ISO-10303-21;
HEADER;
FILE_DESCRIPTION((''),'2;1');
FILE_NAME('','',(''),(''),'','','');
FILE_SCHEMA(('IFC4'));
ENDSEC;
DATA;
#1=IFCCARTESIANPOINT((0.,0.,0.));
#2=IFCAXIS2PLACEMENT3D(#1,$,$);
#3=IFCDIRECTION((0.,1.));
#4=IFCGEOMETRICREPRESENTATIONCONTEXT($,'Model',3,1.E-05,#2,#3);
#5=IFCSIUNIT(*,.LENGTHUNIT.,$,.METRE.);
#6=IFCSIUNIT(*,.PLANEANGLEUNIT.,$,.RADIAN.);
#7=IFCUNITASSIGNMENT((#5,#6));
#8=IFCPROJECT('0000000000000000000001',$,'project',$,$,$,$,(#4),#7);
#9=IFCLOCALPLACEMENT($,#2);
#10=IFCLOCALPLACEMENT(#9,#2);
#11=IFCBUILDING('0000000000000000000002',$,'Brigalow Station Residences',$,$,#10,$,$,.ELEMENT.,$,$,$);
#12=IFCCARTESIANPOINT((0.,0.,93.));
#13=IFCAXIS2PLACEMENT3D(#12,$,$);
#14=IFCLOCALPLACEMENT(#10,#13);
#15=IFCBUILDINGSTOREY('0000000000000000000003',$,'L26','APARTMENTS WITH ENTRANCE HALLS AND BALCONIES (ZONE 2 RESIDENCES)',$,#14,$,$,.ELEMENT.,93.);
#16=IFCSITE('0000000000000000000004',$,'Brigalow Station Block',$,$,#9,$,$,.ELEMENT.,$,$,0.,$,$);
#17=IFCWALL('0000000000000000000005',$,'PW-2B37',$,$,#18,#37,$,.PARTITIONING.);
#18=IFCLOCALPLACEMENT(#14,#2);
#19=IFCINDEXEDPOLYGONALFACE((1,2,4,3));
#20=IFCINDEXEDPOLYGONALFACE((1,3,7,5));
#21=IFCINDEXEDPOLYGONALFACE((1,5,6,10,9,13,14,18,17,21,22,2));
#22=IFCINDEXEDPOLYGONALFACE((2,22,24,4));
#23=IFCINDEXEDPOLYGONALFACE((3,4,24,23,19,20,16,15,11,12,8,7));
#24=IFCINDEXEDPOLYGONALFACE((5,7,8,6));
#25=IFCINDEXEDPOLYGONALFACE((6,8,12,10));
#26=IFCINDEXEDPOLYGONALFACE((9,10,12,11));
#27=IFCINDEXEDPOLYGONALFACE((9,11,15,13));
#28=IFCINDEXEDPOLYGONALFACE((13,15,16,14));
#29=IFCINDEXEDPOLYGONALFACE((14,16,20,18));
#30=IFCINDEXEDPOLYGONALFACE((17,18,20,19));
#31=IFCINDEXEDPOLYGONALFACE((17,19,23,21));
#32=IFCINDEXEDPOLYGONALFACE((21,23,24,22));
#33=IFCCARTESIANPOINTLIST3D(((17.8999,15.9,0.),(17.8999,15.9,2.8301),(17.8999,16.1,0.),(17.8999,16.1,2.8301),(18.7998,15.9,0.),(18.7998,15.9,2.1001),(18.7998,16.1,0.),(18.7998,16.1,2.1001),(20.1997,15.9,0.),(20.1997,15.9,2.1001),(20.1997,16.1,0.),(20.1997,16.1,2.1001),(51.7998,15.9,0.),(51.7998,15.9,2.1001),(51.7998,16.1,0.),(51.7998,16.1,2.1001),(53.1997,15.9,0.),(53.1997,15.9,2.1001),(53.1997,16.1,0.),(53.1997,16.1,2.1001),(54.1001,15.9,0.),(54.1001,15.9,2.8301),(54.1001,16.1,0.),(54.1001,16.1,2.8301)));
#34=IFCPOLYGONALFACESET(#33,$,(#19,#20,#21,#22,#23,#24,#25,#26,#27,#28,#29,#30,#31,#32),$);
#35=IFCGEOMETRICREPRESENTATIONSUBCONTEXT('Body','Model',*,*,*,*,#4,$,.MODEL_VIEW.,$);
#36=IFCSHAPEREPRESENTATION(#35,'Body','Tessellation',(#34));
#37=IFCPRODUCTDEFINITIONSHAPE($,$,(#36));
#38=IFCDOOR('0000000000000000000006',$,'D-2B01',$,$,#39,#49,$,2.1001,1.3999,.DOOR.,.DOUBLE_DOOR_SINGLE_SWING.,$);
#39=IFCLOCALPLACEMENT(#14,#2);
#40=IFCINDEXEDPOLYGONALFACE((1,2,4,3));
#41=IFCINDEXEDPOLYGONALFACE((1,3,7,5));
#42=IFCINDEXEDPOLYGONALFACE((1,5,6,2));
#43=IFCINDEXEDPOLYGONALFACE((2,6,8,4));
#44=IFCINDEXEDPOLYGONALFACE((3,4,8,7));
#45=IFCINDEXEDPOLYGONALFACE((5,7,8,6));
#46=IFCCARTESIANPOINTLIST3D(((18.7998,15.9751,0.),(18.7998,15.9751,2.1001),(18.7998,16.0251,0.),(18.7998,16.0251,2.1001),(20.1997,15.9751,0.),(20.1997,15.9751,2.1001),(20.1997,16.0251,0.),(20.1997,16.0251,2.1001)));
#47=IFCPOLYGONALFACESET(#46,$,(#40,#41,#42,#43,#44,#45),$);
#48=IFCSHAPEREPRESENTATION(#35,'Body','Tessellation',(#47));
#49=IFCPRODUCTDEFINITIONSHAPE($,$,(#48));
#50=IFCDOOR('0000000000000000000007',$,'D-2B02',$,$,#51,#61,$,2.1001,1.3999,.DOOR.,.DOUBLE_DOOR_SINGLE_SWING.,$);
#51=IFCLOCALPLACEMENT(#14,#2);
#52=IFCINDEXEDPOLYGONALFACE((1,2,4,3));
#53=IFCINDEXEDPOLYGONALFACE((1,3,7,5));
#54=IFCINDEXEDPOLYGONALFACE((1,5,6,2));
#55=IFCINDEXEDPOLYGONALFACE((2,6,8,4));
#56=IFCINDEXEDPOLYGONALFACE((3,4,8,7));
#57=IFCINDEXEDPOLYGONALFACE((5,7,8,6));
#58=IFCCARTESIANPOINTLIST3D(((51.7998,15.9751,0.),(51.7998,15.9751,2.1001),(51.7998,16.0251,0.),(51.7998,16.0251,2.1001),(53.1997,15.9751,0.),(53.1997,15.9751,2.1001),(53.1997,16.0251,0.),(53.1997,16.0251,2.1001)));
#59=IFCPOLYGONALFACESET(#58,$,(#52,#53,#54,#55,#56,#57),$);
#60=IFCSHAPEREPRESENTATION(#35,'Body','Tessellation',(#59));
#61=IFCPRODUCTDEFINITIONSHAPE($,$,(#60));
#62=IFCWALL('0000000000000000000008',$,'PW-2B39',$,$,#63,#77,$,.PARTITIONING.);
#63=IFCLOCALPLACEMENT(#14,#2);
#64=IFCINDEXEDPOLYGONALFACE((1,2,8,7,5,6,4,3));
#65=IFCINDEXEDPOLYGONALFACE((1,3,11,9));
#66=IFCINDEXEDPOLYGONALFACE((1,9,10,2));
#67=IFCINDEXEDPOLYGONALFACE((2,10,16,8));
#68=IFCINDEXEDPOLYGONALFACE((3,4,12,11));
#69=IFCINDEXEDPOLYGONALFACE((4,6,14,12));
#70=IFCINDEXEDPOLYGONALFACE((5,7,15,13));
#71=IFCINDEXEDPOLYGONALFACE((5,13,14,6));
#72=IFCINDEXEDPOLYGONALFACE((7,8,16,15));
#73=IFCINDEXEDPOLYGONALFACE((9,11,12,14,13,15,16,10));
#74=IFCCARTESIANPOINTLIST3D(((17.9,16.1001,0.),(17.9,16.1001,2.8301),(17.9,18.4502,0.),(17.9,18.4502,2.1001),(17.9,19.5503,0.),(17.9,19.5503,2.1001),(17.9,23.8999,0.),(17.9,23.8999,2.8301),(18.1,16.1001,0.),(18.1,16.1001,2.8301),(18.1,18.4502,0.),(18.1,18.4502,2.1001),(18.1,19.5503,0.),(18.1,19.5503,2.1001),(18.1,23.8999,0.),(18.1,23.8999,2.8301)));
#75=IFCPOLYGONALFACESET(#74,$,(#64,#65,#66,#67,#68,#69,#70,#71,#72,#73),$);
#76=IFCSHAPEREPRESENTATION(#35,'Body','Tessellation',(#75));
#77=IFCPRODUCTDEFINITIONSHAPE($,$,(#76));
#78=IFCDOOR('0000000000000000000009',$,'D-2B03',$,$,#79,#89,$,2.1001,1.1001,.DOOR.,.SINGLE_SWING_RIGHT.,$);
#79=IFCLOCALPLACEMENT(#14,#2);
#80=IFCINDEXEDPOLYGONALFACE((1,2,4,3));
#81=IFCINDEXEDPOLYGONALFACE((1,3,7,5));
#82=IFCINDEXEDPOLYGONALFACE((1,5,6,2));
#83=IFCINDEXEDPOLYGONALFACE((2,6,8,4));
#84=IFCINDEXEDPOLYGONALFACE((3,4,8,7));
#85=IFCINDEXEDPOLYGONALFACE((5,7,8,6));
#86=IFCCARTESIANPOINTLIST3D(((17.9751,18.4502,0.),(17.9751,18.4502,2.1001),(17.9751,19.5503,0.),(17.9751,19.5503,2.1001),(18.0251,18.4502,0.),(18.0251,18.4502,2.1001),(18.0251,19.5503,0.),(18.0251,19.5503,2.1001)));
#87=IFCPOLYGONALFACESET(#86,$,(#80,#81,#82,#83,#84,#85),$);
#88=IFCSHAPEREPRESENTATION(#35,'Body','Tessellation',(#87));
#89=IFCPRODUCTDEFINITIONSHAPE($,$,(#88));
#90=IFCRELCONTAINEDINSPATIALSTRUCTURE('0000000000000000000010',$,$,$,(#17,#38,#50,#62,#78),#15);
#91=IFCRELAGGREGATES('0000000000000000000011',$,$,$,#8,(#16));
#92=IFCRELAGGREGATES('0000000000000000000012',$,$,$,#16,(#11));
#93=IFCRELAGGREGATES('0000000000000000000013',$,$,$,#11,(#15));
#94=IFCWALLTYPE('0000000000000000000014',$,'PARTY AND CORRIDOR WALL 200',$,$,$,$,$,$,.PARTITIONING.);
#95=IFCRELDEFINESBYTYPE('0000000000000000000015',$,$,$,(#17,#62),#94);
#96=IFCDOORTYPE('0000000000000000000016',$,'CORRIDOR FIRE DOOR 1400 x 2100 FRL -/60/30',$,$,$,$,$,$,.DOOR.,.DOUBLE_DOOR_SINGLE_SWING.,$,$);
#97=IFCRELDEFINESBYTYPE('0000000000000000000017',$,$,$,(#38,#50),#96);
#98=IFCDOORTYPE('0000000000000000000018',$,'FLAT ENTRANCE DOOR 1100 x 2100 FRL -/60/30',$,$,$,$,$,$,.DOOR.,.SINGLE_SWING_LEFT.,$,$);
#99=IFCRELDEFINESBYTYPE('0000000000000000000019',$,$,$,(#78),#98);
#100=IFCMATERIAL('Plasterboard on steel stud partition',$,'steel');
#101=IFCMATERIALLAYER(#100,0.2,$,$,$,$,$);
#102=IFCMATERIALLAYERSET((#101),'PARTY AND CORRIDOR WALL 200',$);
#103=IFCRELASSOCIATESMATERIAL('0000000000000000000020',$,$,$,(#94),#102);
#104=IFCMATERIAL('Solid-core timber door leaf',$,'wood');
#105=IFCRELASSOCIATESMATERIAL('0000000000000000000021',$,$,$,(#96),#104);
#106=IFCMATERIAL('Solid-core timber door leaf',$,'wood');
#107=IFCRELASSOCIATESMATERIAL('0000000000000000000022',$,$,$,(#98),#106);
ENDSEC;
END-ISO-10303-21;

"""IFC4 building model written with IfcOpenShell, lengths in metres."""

from ifc_helpers import new_model, si_unit, direction, frame, frame_2d, origin, place, context, subcontext, project, spatial, rectangle, extrude, material, layer, layer_set, type_object, element, fill, save


model = new_model("IFC4")

# Units and contexts
model_context = context("Model", 3, precision=1e-05, world=origin(), true_north=direction((0.0, 1.0)))
body_context = subcontext(model_context, "Body", "Model", "MODEL_VIEW")
ifc_project = project(units=[si_unit("LENGTHUNIT", "METRE"), si_unit("PLANEANGLEUNIT", "RADIAN")], contexts=[model_context])

# Site, building, storey
site_placement = place(None, origin())
site = spatial("IfcSite", under=ifc_project, at=site_placement, Name="Brigalow Station Block", CompositionType="ELEMENT", RefElevation=0.0)
building_placement = place(site_placement, origin())
building = spatial("IfcBuilding", under=site, at=building_placement, Name="Brigalow Station Residences", CompositionType="ELEMENT")
storey_placement = place(building_placement, frame((0.0, 0.0, 93.0)))
storey = spatial("IfcBuildingStorey", under=building, at=storey_placement, Name="L26", Description="APARTMENTS WITH ENTRANCE HALLS AND BALCONIES (ZONE 2 RESIDENCES)", CompositionType="ELEMENT", Elevation=93.0)

# Wall, openings, doors
ifc_material_1 = material(Name="Plasterboard on steel stud partition", Category="steel")
ifc_layer_1 = layer(ifc_material_1, 0.2)
ifc_layer_set_1 = layer_set([ifc_layer_1], Name="PARTY AND CORRIDOR WALL 200")
wall_type_1 = type_object("IfcWallType", Name="PARTY AND CORRIDOR WALL 200", PredefinedType="PARTITIONING", material=ifc_layer_set_1)
wall_1_placement = place(storey_placement, frame((17.8999, 16.0, 0.0), z_axis=(0.0, 0.0, 1.0), x_axis=(1.0, 0.0, 0.0)))
wall_1 = element("IfcWall", 1, at=wall_1_placement, inside=storey, type_object=wall_type_1, Name="PW-2B37", PredefinedType="PARTITIONING", context=body_context, shape_type="SweptSolid", body=[
    extrude(rectangle(XDim=36.2002, YDim=0.2, at=frame_2d((18.1001, 0.0))), origin(), (0.0, 0.0, 1.0), 2.8301),
])
opening_1_placement = place(wall_1_placement, frame((0.8999, 0.0, 0.0)))
opening_1 = element("IfcOpeningElement", 2, at=opening_1_placement, cuts=wall_1, PredefinedType="OPENING", context=body_context, shape_type="SweptSolid", body=[
    extrude(rectangle(XDim=1.3999, YDim=2.1001, at=frame_2d((0.7, 1.05))), frame((0.0, 0.1099, 0.0), z_axis=(0.0, -1.0, 0.0), x_axis=(1.0, 0.0, 0.0)), (0.0, 0.0, 1.0), 0.22),
])
opening_2_placement = place(wall_1_placement, frame((33.8999, 0.0, 0.0)))
opening_2 = element("IfcOpeningElement", 3, at=opening_2_placement, cuts=wall_1, PredefinedType="OPENING", context=body_context, shape_type="SweptSolid", body=[
    extrude(rectangle(XDim=1.3999, YDim=2.1001, at=frame_2d((0.7, 1.05))), frame((0.0, 0.1099, 0.0), z_axis=(0.0, -1.0, 0.0), x_axis=(1.0, 0.0, 0.0)), (0.0, 0.0, 1.0), 0.22),
])
ifc_material_2 = material(Name="Solid-core timber door leaf", Category="wood")
door_type_1 = type_object("IfcDoorType", Name="CORRIDOR FIRE DOOR 1400 x 2100 FRL -/60/30", OperationType="DOUBLE_DOOR_SINGLE_SWING", PredefinedType="DOOR", material=ifc_material_2)
door_1_placement = place(opening_1_placement, frame((1.3999, 0.0, 0.0), z_axis=(0.0, 0.0, 1.0), x_axis=(-1.0, 0.0, 0.0)))
door_1 = element("IfcDoor", 4, at=door_1_placement, inside=storey, type_object=door_type_1, Name="D-2B01", OperationType="DOUBLE_DOOR_SINGLE_SWING", OverallHeight=2.1001, OverallWidth=1.3999, PredefinedType="DOOR", context=body_context, shape_type="SweptSolid", body=[
    extrude(rectangle(XDim=1.3999, YDim=2.1001, at=frame_2d((0.7, 1.05))), frame((0.0, 0.0249, 0.0), z_axis=(0.0, -1.0, 0.0), x_axis=(1.0, 0.0, 0.0)), (0.0, 0.0, 1.0), 0.05),
])
fill(opening_1, door_1)
door_2_placement = place(opening_2_placement, frame((1.3999, 0.0, 0.0), z_axis=(0.0, 0.0, 1.0), x_axis=(-1.0, 0.0, 0.0)))
door_2 = element("IfcDoor", 5, at=door_2_placement, inside=storey, type_object=door_type_1, Name="D-2B02", OperationType="DOUBLE_DOOR_SINGLE_SWING", OverallHeight=2.1001, OverallWidth=1.3999, PredefinedType="DOOR", context=body_context, shape_type="SweptSolid", body=[
    extrude(rectangle(XDim=1.3999, YDim=2.1001, at=frame_2d((0.7, 1.05))), frame((0.0, 0.0249, 0.0), z_axis=(0.0, -1.0, 0.0), x_axis=(1.0, 0.0, 0.0)), (0.0, 0.0, 1.0), 0.05),
])
fill(opening_2, door_2)

# Wall, opening, door
wall_2_placement = place(storey_placement, frame((18.0, 16.1001, 0.0), z_axis=(0.0, 0.0, 1.0), x_axis=(0.0, 1.0, 0.0)))
wall_2 = element("IfcWall", 6, at=wall_2_placement, inside=storey, type_object=wall_type_1, Name="PW-2B39", PredefinedType="PARTITIONING", context=body_context, shape_type="SweptSolid", body=[
    extrude(rectangle(XDim=7.7998, YDim=0.2, at=frame_2d((3.8999, 0.0))), origin(), (0.0, 0.0, 1.0), 2.8301),
])
opening_3_placement = place(wall_2_placement, frame((2.3501, 0.0, 0.0)))
opening_3 = element("IfcOpeningElement", 7, at=opening_3_placement, cuts=wall_2, PredefinedType="OPENING", context=body_context, shape_type="SweptSolid", body=[
    extrude(rectangle(XDim=1.1001, YDim=2.1001, at=frame_2d((0.55, 1.05))), frame((0.0, 0.1099, 0.0), z_axis=(0.0, -1.0, 0.0), x_axis=(1.0, 0.0, 0.0)), (0.0, 0.0, 1.0), 0.22),
])
ifc_material_3 = material(Name="Solid-core timber door leaf", Category="wood")
door_type_2 = type_object("IfcDoorType", Name="FLAT ENTRANCE DOOR 1100 x 2100 FRL -/60/30", OperationType="SINGLE_SWING_LEFT", PredefinedType="DOOR", material=ifc_material_3)
door_3_placement = place(opening_3_placement, origin())
door_3 = element("IfcDoor", 8, at=door_3_placement, inside=storey, type_object=door_type_2, Name="D-2B03", OperationType="SINGLE_SWING_RIGHT", OverallHeight=2.1001, OverallWidth=1.1001, PredefinedType="DOOR", context=body_context, shape_type="SweptSolid", body=[
    extrude(rectangle(XDim=1.1001, YDim=2.1001, at=frame_2d((0.55, 1.05))), frame((0.0, 0.0249, 0.0), z_axis=(0.0, -1.0, 0.0), x_axis=(1.0, 0.0, 0.0)), (0.0, 0.0, 1.0), 0.05),
])
fill(opening_3, door_3)

save(model, "model.ifc")
